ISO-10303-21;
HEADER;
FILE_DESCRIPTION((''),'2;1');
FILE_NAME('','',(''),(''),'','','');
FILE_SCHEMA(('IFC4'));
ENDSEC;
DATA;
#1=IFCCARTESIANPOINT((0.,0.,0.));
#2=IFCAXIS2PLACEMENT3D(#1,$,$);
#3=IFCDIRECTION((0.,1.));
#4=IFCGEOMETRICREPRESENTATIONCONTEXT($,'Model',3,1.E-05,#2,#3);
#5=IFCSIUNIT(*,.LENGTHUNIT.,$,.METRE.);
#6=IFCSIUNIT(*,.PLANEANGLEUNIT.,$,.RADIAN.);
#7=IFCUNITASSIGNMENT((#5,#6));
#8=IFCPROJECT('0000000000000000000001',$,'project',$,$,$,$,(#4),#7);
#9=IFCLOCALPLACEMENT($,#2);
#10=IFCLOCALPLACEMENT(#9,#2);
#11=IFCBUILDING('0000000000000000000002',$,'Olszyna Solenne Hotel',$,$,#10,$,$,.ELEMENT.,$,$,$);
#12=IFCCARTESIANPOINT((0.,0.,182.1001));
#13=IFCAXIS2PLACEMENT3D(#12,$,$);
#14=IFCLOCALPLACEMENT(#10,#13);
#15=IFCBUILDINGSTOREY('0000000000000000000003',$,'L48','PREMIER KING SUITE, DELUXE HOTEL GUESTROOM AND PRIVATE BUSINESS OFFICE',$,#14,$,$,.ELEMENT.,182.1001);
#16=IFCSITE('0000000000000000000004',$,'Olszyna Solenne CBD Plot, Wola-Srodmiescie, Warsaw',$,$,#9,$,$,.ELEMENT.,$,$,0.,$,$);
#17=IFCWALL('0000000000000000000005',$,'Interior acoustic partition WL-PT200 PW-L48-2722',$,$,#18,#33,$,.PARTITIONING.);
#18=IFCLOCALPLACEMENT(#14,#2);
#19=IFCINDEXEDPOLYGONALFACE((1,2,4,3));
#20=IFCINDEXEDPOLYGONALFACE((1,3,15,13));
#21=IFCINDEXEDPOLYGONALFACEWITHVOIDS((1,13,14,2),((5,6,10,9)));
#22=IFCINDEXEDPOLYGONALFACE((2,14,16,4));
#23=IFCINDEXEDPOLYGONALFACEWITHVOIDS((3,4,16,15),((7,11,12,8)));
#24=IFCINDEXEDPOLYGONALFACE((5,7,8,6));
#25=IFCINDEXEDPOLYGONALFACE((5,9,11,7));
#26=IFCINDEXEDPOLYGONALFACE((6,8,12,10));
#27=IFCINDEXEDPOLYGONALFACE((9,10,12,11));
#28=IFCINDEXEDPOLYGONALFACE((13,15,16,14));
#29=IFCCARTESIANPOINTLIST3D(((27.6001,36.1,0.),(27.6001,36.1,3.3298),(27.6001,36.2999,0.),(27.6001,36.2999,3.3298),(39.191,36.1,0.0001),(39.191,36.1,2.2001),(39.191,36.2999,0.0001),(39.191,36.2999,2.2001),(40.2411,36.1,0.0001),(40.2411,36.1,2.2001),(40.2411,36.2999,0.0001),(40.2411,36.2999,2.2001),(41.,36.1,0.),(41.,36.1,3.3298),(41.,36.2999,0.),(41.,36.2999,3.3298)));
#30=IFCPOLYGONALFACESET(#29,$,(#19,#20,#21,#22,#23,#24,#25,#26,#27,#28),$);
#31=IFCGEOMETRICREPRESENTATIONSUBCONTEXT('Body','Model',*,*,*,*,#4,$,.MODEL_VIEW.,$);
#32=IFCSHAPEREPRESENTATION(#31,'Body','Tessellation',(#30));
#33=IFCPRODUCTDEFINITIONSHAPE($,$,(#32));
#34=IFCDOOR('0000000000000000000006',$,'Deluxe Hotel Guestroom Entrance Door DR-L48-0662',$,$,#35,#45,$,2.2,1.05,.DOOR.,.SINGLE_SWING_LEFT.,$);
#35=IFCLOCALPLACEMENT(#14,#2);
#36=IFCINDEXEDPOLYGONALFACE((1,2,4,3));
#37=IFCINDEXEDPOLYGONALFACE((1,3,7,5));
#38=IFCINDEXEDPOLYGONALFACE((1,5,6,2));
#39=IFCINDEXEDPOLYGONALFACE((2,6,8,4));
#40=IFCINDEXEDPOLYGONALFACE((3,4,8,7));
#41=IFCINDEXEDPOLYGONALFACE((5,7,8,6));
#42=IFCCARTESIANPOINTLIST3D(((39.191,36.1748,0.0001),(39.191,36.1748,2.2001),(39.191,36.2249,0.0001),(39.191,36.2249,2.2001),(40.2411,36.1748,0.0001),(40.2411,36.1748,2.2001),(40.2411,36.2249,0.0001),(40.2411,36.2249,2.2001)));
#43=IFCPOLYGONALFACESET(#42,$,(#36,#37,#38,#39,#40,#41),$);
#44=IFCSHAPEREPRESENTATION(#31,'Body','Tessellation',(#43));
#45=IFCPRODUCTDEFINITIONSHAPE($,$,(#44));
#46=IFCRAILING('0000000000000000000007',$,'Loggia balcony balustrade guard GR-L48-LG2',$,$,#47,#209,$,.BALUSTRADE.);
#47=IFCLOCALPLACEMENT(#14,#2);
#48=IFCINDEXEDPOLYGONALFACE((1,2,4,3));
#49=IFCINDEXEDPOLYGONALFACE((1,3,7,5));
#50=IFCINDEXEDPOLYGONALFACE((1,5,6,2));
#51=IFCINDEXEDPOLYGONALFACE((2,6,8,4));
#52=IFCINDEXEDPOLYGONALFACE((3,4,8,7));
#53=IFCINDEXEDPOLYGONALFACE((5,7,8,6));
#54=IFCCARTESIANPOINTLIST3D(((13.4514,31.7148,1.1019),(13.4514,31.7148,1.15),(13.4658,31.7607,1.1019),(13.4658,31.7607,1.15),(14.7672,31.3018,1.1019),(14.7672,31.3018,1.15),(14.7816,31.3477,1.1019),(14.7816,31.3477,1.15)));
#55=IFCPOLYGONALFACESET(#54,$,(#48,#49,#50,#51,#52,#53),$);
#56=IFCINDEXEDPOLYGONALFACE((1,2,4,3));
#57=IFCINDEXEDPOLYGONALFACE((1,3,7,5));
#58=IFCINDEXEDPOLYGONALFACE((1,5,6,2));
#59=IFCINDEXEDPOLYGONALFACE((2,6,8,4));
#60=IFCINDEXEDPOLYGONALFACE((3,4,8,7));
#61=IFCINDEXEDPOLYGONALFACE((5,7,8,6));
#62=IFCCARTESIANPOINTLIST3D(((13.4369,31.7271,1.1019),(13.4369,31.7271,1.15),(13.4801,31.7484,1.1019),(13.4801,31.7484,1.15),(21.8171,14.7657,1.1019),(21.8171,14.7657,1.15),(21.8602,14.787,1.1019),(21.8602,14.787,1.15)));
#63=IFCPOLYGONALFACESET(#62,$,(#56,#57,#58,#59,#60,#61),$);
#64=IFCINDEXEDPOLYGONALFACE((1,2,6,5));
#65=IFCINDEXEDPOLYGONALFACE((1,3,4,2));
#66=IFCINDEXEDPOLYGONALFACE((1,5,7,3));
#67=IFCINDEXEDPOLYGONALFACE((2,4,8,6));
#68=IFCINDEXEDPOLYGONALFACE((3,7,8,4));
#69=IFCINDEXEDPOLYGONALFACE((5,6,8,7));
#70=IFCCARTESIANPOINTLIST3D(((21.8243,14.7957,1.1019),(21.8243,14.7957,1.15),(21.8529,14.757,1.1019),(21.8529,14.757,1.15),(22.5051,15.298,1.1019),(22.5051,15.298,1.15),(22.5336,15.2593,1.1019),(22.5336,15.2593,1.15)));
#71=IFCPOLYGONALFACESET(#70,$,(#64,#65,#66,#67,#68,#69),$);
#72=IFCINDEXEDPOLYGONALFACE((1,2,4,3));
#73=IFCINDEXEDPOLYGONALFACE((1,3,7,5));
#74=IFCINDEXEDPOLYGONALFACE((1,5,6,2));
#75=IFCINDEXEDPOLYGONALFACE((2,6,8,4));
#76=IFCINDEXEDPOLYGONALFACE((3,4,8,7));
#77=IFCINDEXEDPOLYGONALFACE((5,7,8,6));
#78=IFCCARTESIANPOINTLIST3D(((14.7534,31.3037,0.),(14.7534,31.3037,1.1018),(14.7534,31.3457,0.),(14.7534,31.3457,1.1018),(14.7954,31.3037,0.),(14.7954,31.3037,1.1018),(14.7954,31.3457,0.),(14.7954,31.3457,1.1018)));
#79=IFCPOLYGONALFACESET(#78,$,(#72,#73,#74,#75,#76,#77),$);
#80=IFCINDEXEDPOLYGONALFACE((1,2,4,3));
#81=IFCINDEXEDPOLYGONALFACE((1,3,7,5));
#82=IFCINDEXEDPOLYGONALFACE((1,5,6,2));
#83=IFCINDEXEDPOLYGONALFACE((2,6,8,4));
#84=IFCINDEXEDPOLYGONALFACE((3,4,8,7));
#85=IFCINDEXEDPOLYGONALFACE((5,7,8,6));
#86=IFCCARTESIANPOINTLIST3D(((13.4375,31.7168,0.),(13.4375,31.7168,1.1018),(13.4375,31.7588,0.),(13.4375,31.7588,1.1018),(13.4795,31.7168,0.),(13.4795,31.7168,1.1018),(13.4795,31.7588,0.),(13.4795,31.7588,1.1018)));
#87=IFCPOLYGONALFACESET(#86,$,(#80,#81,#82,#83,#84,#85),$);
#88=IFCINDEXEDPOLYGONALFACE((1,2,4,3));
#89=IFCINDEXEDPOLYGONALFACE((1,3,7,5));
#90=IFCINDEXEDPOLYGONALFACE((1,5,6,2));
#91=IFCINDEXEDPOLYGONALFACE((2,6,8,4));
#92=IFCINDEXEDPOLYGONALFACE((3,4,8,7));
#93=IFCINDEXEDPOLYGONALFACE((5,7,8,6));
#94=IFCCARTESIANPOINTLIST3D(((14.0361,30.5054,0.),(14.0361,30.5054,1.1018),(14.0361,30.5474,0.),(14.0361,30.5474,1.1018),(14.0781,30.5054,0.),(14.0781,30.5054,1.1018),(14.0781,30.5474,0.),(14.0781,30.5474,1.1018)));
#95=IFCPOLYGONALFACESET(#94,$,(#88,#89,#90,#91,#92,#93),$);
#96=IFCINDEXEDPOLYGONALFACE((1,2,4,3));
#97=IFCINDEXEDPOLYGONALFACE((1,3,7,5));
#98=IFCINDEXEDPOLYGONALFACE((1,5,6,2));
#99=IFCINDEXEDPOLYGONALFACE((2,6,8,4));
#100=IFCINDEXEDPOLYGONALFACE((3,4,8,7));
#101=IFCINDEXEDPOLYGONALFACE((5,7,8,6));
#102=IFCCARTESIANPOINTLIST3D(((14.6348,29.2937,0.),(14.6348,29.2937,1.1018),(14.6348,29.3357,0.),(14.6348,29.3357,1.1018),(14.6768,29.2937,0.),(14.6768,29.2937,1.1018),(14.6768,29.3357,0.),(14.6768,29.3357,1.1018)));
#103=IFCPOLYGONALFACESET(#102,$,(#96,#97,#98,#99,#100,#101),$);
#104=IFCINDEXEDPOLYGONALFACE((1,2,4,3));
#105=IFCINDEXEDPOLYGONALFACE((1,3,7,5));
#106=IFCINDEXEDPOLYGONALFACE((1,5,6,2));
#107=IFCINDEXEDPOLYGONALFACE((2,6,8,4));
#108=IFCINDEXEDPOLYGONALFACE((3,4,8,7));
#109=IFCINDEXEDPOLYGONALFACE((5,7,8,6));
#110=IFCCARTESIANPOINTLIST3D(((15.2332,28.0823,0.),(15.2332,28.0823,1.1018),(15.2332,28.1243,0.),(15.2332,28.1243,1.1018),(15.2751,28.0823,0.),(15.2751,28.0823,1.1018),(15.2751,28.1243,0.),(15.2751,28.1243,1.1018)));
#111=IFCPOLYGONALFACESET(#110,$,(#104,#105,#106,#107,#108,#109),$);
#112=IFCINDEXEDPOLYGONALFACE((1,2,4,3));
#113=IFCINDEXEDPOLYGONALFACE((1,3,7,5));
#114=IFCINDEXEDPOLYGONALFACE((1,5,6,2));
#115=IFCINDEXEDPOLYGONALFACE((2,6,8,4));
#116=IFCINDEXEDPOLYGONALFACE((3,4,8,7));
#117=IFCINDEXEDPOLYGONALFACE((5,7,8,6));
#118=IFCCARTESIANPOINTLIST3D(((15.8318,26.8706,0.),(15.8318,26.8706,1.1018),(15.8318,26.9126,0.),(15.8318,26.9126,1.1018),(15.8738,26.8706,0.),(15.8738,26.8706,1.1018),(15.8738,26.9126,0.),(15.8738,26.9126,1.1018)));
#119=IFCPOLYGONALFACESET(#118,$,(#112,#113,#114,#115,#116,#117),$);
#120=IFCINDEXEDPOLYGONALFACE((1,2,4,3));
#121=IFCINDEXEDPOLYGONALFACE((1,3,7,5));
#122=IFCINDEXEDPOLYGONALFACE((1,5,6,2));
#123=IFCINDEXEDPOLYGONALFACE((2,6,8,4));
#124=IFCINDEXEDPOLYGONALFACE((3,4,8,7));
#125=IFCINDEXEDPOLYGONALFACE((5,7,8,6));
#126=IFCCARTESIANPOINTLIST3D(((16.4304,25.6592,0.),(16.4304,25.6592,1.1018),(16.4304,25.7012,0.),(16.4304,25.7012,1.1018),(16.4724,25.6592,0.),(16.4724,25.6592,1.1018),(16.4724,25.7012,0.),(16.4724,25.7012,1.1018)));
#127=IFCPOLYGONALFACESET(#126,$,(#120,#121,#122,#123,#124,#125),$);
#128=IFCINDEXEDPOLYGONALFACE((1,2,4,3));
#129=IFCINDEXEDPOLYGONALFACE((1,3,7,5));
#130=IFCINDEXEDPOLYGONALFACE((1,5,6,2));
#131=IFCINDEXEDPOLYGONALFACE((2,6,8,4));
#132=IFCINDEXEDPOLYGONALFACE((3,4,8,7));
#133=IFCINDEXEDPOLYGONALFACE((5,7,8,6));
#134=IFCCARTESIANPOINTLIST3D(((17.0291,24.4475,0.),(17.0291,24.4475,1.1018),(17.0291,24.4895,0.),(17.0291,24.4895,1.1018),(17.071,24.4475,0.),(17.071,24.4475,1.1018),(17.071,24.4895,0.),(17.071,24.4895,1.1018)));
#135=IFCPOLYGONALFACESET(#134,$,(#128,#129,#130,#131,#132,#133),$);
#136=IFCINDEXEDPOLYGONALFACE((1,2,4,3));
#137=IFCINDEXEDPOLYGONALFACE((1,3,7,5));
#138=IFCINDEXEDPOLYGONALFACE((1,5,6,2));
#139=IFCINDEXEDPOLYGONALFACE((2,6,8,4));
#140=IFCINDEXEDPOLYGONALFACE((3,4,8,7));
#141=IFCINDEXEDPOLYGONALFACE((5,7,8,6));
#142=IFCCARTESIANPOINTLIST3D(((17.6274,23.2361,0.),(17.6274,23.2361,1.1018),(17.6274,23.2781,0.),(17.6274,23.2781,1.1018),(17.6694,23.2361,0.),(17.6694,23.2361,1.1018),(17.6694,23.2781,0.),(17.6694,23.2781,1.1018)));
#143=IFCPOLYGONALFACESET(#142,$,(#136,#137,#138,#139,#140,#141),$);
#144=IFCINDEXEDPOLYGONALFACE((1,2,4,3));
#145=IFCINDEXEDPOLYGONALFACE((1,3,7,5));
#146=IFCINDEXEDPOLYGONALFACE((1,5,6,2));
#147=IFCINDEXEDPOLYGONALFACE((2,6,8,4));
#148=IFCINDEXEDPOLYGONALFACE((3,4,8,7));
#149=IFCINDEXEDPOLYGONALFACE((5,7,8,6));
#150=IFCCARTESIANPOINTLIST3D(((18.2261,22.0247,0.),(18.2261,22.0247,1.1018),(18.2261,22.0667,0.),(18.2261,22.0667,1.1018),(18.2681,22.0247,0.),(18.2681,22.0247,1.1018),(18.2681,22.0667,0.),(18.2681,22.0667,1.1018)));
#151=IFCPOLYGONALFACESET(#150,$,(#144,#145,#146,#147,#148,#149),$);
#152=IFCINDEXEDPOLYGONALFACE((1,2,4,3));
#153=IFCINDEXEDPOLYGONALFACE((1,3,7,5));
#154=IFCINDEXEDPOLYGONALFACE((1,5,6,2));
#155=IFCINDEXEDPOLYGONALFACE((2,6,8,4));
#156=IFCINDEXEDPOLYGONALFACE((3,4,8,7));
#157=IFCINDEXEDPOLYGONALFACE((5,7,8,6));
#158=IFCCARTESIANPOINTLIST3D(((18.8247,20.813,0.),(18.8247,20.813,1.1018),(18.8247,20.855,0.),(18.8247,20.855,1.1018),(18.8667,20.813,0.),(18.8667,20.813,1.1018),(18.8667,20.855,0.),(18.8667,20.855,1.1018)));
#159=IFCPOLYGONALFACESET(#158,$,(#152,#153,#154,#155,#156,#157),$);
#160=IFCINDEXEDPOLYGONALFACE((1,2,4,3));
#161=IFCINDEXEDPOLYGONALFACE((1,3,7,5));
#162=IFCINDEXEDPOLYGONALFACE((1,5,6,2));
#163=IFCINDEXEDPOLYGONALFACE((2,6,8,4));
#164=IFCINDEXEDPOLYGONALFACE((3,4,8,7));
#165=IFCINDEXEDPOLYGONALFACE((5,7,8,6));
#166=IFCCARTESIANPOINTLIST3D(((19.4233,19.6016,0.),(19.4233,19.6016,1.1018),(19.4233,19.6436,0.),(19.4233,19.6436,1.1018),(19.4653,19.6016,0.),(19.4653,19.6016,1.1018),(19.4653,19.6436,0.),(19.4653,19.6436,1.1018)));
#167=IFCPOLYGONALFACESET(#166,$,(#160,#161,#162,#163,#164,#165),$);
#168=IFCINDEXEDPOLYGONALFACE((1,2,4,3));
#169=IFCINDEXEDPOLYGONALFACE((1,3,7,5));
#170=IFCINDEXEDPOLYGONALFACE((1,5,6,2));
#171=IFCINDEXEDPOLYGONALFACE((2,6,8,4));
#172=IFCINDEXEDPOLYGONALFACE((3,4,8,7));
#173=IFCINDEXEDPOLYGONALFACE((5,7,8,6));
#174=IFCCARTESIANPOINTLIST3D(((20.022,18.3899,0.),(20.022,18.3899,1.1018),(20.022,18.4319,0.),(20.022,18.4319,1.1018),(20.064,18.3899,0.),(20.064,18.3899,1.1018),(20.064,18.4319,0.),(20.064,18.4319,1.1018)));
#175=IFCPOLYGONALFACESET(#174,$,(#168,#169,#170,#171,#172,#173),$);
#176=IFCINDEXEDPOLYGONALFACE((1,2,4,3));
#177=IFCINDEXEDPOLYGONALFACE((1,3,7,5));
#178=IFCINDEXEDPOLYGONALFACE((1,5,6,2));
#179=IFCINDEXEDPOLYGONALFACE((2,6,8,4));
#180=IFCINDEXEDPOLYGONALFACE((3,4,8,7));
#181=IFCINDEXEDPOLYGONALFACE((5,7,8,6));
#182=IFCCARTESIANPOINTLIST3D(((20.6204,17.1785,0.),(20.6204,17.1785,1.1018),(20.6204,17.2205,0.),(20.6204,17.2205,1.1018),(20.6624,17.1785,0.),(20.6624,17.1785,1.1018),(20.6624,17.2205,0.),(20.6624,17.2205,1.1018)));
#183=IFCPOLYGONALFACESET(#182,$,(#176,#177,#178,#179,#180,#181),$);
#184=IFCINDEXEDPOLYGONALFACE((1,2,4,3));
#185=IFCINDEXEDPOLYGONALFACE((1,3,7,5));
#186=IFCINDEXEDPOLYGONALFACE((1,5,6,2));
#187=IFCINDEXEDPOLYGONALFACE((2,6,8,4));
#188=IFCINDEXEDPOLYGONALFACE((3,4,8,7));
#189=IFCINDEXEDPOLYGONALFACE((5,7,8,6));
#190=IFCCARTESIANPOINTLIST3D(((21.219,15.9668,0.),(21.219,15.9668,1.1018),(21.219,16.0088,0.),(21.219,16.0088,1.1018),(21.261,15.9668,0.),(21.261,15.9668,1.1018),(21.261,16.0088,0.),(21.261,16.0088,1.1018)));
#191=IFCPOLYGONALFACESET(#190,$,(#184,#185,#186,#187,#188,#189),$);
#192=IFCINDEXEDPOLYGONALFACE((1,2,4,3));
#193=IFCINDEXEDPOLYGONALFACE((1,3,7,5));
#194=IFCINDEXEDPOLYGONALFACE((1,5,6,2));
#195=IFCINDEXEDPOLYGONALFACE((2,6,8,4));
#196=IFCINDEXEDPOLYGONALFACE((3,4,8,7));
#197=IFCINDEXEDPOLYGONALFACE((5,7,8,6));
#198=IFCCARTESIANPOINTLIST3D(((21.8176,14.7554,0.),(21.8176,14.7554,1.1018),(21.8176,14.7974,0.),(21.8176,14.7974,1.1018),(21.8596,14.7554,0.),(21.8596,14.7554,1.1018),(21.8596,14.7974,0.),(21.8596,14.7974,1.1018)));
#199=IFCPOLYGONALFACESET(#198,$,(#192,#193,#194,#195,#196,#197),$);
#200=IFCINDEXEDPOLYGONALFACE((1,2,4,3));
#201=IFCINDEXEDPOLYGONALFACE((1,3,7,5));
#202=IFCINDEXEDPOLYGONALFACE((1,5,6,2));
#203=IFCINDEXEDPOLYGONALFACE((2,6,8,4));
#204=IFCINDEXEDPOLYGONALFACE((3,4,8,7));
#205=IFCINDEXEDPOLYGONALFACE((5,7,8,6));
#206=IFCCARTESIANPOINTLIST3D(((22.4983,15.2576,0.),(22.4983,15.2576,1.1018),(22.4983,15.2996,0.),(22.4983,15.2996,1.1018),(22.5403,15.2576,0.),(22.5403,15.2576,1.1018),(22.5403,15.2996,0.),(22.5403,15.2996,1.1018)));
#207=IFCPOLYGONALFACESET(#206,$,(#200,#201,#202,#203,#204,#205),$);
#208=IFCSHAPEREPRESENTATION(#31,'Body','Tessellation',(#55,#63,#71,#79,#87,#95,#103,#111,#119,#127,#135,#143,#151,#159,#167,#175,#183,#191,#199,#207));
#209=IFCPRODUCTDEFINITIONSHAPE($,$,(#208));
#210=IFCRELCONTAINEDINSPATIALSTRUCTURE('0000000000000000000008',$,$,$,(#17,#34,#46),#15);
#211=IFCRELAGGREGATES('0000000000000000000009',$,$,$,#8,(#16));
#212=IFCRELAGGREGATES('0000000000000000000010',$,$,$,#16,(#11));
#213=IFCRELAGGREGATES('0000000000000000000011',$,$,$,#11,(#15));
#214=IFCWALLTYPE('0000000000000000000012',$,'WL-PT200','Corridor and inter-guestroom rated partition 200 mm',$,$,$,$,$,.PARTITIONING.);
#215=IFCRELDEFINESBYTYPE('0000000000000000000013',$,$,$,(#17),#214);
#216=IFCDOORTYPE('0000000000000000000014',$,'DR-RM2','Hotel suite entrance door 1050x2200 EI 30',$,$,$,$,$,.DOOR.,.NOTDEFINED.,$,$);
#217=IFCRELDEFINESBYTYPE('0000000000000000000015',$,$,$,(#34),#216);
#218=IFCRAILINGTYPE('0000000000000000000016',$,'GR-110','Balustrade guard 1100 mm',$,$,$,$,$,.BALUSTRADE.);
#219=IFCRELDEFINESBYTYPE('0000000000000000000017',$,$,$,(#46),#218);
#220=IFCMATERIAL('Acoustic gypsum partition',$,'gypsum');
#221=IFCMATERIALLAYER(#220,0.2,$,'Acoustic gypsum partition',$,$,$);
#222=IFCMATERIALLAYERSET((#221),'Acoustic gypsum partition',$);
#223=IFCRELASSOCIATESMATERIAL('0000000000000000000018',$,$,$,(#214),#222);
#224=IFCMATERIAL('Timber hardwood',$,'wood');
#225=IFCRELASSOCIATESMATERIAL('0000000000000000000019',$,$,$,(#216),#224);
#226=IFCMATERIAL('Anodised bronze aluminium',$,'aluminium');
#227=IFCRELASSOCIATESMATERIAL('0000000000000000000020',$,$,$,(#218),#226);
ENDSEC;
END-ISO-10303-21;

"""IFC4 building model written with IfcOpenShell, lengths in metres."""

from ifc_helpers import new_model, si_unit, direction, frame, frame_2d, origin, origin_2d, place, context, subcontext, project, spatial, rectangle, extrude, source, transform, mapped, material, layer, layer_set, type_object, type_shapes, element, fill, save


model = new_model("IFC4")

# Units and contexts
model_context = context("Model", 3, precision=1e-05, world=origin(), true_north=direction((0.0, 1.0)))
body_context = subcontext(model_context, "Body", "Model", "MODEL_VIEW")
ifc_project = project(units=[si_unit("LENGTHUNIT", "METRE"), si_unit("PLANEANGLEUNIT", "RADIAN")], contexts=[model_context])

# Site, building, storey
site_placement = place(None, origin())
site = spatial("IfcSite", under=ifc_project, at=site_placement, Name="Olszyna Solenne CBD Plot, Wola-Srodmiescie, Warsaw", CompositionType="ELEMENT", RefElevation=0.0)
building_placement = place(site_placement, origin())
building = spatial("IfcBuilding", under=site, at=building_placement, Name="Olszyna Solenne Hotel", CompositionType="ELEMENT")
storey_placement = place(building_placement, frame((0.0, 0.0, 182.1001)))
storey = spatial("IfcBuildingStorey", under=building, at=storey_placement, Name="L48", Description="PREMIER KING SUITE, DELUXE HOTEL GUESTROOM AND PRIVATE BUSINESS OFFICE", CompositionType="ELEMENT", Elevation=182.1001)

# Shared definitions
ifc_material_1 = material(Name="Acoustic gypsum partition", Category="gypsum")
ifc_material_2 = material(Name="Timber hardwood", Category="wood")

# Shared definitions
ifc_layer_1 = layer(ifc_material_1, 0.2, Name="Acoustic gypsum partition")
ifc_layer_set_1 = layer_set([ifc_layer_1], Name="Acoustic gypsum partition")
wall_type_1 = type_object("IfcWallType", Name="WL-PT200", Description="Corridor and inter-guestroom rated partition 200 mm", PredefinedType="PARTITIONING", material=ifc_layer_set_1)

# Wall, opening, door
wall_1_placement = place(storey_placement, frame((27.6001, 36.2, 0.0), z_axis=(0.0, 0.0, 1.0), x_axis=(1.0, 0.0, 0.0)))
wall_1 = element("IfcWall", 1, at=wall_1_placement, inside=storey, type_object=wall_type_1, Name="Interior acoustic partition WL-PT200 PW-L48-2722", PredefinedType="PARTITIONING", context=body_context, shape_type="SweptSolid", body=[
    extrude(rectangle(XDim=13.3999, YDim=0.2, at=frame_2d((6.7, 0.0))), origin(), (0.0, 0.0, 1.0), 3.3298),
])
opening_1_placement = place(wall_1_placement, frame((11.5911, 0.0, 0.0)))
opening_1 = element("IfcOpeningElement", 2, at=opening_1_placement, cuts=wall_1, PredefinedType="OPENING", context=body_context, shape_type="SweptSolid", body=[
    extrude(rectangle(XDim=1.05, YDim=2.2, at=frame_2d((0.5249, 1.1001))), frame((0.0, 0.1099, 0.0), z_axis=(0.0, -1.0, 0.0), x_axis=(1.0, 0.0, 0.0)), (0.0, 0.0, 1.0), 0.22),
])
door_type_1 = type_object("IfcDoorType", Name="DR-RM2", Description="Hotel suite entrance door 1050x2200 EI 30", OperationType="NOTDEFINED", PredefinedType="DOOR", material=ifc_material_2)
shared_shape_1 = source(origin(), body_context, "Body", "SweptSolid", [
    extrude(rectangle(XDim=1.05, YDim=2.2, at=frame_2d((0.5249, 1.1001))), frame((0.0, 0.0249, 0.0), z_axis=(0.0, -1.0, 0.0), x_axis=(1.0, 0.0, 0.0)), (0.0, 0.0, 1.0), 0.05),
])
type_shapes(door_type_1, [shared_shape_1])
door_1_placement = place(opening_1_placement, origin())
door_1 = element("IfcDoor", 3, at=door_1_placement, inside=storey, type_object=door_type_1, Name="Deluxe Hotel Guestroom Entrance Door DR-L48-0662", OperationType="SINGLE_SWING_LEFT", OverallHeight=2.2, OverallWidth=1.05, PredefinedType="DOOR", context=body_context, shape_type="MappedRepresentation", body=[
    mapped(shared_shape_1, transform((0.0, 0.0, 0.0), x_axis=(1.0, 0.0, 0.0), y_axis=(0.0, 1.0, 0.0), z_axis=(0.0, 0.0, 1.0), scale=1.0)),
])
fill(opening_1, door_1)

# Railing
ifc_material_3 = material(Name="Anodised bronze aluminium", Category="aluminium")
railing_type = type_object("IfcRailingType", Name="GR-110", Description="Balustrade guard 1100 mm", PredefinedType="BALUSTRADE", material=ifc_material_3)
railing_placement = place(storey_placement, frame((14.7744, 31.3247, 0.0)))
element("IfcRailing", 4, at=railing_placement, inside=storey, type_object=railing_type, Name="Loggia balcony balustrade guard GR-L48-LG2", PredefinedType="BALUSTRADE", context=body_context, shape_type="SweptSolid", body=[
    extrude(rectangle(XDim=0.0481, YDim=0.0481, at=origin_2d()), frame((0.0, 0.0, 1.126), z_axis=(-0.954095, 0.299504, 0.0), x_axis=(-0.299504, -0.954095, 0.0)), (0.0, 0.0, 1.0), 1.3792),
    extrude(rectangle(XDim=0.0481, YDim=0.0481, at=origin_2d()), frame((-1.3159, 0.4131, 1.126), z_axis=(0.442955, -0.896544, 0.0), x_axis=(0.896544, 0.442955, 0.0)), (0.0, 0.0, 1.0), 18.9187),
    extrude(rectangle(XDim=0.0481, YDim=0.0481, at=origin_2d()), frame((7.0642, -16.5483, 1.126), z_axis=(0.804686, 0.593701, 0.0), x_axis=(-0.593701, 0.804686, 0.0)), (0.0, 0.0, 1.0), 0.8459),
    extrude(rectangle(XDim=0.042, YDim=0.042, at=origin_2d()), origin(), (0.0, 0.0, 1.0), 1.1018),
    extrude(rectangle(XDim=0.042, YDim=0.042, at=origin_2d()), frame((-1.3159, 0.4131, 0.0)), (0.0, 0.0, 1.0), 1.1018),
    extrude(rectangle(XDim=0.042, YDim=0.042, at=origin_2d()), frame((-0.7173, -0.7983, 0.0)), (0.0, 0.0, 1.0), 1.1018),
    extrude(rectangle(XDim=0.042, YDim=0.042, at=origin_2d()), frame((-0.1187, -2.01, 0.0)), (0.0, 0.0, 1.0), 1.1018),
    extrude(rectangle(XDim=0.042, YDim=0.042, at=origin_2d()), frame((0.4797, -3.2214, 0.0)), (0.0, 0.0, 1.0), 1.1018),
    extrude(rectangle(XDim=0.042, YDim=0.042, at=origin_2d()), frame((1.0784, -4.4331, 0.0)), (0.0, 0.0, 1.0), 1.1018),
    extrude(rectangle(XDim=0.042, YDim=0.042, at=origin_2d()), frame((1.677, -5.6445, 0.0)), (0.0, 0.0, 1.0), 1.1018),
    extrude(rectangle(XDim=0.042, YDim=0.042, at=origin_2d()), frame((2.2756, -6.8562, 0.0)), (0.0, 0.0, 1.0), 1.1018),
    extrude(rectangle(XDim=0.042, YDim=0.042, at=origin_2d()), frame((2.874, -8.0676, 0.0)), (0.0, 0.0, 1.0), 1.1018),
    extrude(rectangle(XDim=0.042, YDim=0.042, at=origin_2d()), frame((3.4727, -9.2791, 0.0)), (0.0, 0.0, 1.0), 1.1018),
    extrude(rectangle(XDim=0.042, YDim=0.042, at=origin_2d()), frame((4.0713, -10.4907, 0.0)), (0.0, 0.0, 1.0), 1.1018),
    extrude(rectangle(XDim=0.042, YDim=0.042, at=origin_2d()), frame((4.6699, -11.7021, 0.0)), (0.0, 0.0, 1.0), 1.1018),
    extrude(rectangle(XDim=0.042, YDim=0.042, at=origin_2d()), frame((5.2686, -12.9138, 0.0)), (0.0, 0.0, 1.0), 1.1018),
    extrude(rectangle(XDim=0.042, YDim=0.042, at=origin_2d()), frame((5.8669, -14.1252, 0.0)), (0.0, 0.0, 1.0), 1.1018),
    extrude(rectangle(XDim=0.042, YDim=0.042, at=origin_2d()), frame((6.4656, -15.3369, 0.0)), (0.0, 0.0, 1.0), 1.1018),
    extrude(rectangle(XDim=0.042, YDim=0.042, at=origin_2d()), frame((7.0642, -16.5483, 0.0)), (0.0, 0.0, 1.0), 1.1018),
    extrude(rectangle(XDim=0.042, YDim=0.042, at=origin_2d()), frame((7.7449, -16.0461, 0.0)), (0.0, 0.0, 1.0), 1.1018),
])

save(model, "model.ifc")
